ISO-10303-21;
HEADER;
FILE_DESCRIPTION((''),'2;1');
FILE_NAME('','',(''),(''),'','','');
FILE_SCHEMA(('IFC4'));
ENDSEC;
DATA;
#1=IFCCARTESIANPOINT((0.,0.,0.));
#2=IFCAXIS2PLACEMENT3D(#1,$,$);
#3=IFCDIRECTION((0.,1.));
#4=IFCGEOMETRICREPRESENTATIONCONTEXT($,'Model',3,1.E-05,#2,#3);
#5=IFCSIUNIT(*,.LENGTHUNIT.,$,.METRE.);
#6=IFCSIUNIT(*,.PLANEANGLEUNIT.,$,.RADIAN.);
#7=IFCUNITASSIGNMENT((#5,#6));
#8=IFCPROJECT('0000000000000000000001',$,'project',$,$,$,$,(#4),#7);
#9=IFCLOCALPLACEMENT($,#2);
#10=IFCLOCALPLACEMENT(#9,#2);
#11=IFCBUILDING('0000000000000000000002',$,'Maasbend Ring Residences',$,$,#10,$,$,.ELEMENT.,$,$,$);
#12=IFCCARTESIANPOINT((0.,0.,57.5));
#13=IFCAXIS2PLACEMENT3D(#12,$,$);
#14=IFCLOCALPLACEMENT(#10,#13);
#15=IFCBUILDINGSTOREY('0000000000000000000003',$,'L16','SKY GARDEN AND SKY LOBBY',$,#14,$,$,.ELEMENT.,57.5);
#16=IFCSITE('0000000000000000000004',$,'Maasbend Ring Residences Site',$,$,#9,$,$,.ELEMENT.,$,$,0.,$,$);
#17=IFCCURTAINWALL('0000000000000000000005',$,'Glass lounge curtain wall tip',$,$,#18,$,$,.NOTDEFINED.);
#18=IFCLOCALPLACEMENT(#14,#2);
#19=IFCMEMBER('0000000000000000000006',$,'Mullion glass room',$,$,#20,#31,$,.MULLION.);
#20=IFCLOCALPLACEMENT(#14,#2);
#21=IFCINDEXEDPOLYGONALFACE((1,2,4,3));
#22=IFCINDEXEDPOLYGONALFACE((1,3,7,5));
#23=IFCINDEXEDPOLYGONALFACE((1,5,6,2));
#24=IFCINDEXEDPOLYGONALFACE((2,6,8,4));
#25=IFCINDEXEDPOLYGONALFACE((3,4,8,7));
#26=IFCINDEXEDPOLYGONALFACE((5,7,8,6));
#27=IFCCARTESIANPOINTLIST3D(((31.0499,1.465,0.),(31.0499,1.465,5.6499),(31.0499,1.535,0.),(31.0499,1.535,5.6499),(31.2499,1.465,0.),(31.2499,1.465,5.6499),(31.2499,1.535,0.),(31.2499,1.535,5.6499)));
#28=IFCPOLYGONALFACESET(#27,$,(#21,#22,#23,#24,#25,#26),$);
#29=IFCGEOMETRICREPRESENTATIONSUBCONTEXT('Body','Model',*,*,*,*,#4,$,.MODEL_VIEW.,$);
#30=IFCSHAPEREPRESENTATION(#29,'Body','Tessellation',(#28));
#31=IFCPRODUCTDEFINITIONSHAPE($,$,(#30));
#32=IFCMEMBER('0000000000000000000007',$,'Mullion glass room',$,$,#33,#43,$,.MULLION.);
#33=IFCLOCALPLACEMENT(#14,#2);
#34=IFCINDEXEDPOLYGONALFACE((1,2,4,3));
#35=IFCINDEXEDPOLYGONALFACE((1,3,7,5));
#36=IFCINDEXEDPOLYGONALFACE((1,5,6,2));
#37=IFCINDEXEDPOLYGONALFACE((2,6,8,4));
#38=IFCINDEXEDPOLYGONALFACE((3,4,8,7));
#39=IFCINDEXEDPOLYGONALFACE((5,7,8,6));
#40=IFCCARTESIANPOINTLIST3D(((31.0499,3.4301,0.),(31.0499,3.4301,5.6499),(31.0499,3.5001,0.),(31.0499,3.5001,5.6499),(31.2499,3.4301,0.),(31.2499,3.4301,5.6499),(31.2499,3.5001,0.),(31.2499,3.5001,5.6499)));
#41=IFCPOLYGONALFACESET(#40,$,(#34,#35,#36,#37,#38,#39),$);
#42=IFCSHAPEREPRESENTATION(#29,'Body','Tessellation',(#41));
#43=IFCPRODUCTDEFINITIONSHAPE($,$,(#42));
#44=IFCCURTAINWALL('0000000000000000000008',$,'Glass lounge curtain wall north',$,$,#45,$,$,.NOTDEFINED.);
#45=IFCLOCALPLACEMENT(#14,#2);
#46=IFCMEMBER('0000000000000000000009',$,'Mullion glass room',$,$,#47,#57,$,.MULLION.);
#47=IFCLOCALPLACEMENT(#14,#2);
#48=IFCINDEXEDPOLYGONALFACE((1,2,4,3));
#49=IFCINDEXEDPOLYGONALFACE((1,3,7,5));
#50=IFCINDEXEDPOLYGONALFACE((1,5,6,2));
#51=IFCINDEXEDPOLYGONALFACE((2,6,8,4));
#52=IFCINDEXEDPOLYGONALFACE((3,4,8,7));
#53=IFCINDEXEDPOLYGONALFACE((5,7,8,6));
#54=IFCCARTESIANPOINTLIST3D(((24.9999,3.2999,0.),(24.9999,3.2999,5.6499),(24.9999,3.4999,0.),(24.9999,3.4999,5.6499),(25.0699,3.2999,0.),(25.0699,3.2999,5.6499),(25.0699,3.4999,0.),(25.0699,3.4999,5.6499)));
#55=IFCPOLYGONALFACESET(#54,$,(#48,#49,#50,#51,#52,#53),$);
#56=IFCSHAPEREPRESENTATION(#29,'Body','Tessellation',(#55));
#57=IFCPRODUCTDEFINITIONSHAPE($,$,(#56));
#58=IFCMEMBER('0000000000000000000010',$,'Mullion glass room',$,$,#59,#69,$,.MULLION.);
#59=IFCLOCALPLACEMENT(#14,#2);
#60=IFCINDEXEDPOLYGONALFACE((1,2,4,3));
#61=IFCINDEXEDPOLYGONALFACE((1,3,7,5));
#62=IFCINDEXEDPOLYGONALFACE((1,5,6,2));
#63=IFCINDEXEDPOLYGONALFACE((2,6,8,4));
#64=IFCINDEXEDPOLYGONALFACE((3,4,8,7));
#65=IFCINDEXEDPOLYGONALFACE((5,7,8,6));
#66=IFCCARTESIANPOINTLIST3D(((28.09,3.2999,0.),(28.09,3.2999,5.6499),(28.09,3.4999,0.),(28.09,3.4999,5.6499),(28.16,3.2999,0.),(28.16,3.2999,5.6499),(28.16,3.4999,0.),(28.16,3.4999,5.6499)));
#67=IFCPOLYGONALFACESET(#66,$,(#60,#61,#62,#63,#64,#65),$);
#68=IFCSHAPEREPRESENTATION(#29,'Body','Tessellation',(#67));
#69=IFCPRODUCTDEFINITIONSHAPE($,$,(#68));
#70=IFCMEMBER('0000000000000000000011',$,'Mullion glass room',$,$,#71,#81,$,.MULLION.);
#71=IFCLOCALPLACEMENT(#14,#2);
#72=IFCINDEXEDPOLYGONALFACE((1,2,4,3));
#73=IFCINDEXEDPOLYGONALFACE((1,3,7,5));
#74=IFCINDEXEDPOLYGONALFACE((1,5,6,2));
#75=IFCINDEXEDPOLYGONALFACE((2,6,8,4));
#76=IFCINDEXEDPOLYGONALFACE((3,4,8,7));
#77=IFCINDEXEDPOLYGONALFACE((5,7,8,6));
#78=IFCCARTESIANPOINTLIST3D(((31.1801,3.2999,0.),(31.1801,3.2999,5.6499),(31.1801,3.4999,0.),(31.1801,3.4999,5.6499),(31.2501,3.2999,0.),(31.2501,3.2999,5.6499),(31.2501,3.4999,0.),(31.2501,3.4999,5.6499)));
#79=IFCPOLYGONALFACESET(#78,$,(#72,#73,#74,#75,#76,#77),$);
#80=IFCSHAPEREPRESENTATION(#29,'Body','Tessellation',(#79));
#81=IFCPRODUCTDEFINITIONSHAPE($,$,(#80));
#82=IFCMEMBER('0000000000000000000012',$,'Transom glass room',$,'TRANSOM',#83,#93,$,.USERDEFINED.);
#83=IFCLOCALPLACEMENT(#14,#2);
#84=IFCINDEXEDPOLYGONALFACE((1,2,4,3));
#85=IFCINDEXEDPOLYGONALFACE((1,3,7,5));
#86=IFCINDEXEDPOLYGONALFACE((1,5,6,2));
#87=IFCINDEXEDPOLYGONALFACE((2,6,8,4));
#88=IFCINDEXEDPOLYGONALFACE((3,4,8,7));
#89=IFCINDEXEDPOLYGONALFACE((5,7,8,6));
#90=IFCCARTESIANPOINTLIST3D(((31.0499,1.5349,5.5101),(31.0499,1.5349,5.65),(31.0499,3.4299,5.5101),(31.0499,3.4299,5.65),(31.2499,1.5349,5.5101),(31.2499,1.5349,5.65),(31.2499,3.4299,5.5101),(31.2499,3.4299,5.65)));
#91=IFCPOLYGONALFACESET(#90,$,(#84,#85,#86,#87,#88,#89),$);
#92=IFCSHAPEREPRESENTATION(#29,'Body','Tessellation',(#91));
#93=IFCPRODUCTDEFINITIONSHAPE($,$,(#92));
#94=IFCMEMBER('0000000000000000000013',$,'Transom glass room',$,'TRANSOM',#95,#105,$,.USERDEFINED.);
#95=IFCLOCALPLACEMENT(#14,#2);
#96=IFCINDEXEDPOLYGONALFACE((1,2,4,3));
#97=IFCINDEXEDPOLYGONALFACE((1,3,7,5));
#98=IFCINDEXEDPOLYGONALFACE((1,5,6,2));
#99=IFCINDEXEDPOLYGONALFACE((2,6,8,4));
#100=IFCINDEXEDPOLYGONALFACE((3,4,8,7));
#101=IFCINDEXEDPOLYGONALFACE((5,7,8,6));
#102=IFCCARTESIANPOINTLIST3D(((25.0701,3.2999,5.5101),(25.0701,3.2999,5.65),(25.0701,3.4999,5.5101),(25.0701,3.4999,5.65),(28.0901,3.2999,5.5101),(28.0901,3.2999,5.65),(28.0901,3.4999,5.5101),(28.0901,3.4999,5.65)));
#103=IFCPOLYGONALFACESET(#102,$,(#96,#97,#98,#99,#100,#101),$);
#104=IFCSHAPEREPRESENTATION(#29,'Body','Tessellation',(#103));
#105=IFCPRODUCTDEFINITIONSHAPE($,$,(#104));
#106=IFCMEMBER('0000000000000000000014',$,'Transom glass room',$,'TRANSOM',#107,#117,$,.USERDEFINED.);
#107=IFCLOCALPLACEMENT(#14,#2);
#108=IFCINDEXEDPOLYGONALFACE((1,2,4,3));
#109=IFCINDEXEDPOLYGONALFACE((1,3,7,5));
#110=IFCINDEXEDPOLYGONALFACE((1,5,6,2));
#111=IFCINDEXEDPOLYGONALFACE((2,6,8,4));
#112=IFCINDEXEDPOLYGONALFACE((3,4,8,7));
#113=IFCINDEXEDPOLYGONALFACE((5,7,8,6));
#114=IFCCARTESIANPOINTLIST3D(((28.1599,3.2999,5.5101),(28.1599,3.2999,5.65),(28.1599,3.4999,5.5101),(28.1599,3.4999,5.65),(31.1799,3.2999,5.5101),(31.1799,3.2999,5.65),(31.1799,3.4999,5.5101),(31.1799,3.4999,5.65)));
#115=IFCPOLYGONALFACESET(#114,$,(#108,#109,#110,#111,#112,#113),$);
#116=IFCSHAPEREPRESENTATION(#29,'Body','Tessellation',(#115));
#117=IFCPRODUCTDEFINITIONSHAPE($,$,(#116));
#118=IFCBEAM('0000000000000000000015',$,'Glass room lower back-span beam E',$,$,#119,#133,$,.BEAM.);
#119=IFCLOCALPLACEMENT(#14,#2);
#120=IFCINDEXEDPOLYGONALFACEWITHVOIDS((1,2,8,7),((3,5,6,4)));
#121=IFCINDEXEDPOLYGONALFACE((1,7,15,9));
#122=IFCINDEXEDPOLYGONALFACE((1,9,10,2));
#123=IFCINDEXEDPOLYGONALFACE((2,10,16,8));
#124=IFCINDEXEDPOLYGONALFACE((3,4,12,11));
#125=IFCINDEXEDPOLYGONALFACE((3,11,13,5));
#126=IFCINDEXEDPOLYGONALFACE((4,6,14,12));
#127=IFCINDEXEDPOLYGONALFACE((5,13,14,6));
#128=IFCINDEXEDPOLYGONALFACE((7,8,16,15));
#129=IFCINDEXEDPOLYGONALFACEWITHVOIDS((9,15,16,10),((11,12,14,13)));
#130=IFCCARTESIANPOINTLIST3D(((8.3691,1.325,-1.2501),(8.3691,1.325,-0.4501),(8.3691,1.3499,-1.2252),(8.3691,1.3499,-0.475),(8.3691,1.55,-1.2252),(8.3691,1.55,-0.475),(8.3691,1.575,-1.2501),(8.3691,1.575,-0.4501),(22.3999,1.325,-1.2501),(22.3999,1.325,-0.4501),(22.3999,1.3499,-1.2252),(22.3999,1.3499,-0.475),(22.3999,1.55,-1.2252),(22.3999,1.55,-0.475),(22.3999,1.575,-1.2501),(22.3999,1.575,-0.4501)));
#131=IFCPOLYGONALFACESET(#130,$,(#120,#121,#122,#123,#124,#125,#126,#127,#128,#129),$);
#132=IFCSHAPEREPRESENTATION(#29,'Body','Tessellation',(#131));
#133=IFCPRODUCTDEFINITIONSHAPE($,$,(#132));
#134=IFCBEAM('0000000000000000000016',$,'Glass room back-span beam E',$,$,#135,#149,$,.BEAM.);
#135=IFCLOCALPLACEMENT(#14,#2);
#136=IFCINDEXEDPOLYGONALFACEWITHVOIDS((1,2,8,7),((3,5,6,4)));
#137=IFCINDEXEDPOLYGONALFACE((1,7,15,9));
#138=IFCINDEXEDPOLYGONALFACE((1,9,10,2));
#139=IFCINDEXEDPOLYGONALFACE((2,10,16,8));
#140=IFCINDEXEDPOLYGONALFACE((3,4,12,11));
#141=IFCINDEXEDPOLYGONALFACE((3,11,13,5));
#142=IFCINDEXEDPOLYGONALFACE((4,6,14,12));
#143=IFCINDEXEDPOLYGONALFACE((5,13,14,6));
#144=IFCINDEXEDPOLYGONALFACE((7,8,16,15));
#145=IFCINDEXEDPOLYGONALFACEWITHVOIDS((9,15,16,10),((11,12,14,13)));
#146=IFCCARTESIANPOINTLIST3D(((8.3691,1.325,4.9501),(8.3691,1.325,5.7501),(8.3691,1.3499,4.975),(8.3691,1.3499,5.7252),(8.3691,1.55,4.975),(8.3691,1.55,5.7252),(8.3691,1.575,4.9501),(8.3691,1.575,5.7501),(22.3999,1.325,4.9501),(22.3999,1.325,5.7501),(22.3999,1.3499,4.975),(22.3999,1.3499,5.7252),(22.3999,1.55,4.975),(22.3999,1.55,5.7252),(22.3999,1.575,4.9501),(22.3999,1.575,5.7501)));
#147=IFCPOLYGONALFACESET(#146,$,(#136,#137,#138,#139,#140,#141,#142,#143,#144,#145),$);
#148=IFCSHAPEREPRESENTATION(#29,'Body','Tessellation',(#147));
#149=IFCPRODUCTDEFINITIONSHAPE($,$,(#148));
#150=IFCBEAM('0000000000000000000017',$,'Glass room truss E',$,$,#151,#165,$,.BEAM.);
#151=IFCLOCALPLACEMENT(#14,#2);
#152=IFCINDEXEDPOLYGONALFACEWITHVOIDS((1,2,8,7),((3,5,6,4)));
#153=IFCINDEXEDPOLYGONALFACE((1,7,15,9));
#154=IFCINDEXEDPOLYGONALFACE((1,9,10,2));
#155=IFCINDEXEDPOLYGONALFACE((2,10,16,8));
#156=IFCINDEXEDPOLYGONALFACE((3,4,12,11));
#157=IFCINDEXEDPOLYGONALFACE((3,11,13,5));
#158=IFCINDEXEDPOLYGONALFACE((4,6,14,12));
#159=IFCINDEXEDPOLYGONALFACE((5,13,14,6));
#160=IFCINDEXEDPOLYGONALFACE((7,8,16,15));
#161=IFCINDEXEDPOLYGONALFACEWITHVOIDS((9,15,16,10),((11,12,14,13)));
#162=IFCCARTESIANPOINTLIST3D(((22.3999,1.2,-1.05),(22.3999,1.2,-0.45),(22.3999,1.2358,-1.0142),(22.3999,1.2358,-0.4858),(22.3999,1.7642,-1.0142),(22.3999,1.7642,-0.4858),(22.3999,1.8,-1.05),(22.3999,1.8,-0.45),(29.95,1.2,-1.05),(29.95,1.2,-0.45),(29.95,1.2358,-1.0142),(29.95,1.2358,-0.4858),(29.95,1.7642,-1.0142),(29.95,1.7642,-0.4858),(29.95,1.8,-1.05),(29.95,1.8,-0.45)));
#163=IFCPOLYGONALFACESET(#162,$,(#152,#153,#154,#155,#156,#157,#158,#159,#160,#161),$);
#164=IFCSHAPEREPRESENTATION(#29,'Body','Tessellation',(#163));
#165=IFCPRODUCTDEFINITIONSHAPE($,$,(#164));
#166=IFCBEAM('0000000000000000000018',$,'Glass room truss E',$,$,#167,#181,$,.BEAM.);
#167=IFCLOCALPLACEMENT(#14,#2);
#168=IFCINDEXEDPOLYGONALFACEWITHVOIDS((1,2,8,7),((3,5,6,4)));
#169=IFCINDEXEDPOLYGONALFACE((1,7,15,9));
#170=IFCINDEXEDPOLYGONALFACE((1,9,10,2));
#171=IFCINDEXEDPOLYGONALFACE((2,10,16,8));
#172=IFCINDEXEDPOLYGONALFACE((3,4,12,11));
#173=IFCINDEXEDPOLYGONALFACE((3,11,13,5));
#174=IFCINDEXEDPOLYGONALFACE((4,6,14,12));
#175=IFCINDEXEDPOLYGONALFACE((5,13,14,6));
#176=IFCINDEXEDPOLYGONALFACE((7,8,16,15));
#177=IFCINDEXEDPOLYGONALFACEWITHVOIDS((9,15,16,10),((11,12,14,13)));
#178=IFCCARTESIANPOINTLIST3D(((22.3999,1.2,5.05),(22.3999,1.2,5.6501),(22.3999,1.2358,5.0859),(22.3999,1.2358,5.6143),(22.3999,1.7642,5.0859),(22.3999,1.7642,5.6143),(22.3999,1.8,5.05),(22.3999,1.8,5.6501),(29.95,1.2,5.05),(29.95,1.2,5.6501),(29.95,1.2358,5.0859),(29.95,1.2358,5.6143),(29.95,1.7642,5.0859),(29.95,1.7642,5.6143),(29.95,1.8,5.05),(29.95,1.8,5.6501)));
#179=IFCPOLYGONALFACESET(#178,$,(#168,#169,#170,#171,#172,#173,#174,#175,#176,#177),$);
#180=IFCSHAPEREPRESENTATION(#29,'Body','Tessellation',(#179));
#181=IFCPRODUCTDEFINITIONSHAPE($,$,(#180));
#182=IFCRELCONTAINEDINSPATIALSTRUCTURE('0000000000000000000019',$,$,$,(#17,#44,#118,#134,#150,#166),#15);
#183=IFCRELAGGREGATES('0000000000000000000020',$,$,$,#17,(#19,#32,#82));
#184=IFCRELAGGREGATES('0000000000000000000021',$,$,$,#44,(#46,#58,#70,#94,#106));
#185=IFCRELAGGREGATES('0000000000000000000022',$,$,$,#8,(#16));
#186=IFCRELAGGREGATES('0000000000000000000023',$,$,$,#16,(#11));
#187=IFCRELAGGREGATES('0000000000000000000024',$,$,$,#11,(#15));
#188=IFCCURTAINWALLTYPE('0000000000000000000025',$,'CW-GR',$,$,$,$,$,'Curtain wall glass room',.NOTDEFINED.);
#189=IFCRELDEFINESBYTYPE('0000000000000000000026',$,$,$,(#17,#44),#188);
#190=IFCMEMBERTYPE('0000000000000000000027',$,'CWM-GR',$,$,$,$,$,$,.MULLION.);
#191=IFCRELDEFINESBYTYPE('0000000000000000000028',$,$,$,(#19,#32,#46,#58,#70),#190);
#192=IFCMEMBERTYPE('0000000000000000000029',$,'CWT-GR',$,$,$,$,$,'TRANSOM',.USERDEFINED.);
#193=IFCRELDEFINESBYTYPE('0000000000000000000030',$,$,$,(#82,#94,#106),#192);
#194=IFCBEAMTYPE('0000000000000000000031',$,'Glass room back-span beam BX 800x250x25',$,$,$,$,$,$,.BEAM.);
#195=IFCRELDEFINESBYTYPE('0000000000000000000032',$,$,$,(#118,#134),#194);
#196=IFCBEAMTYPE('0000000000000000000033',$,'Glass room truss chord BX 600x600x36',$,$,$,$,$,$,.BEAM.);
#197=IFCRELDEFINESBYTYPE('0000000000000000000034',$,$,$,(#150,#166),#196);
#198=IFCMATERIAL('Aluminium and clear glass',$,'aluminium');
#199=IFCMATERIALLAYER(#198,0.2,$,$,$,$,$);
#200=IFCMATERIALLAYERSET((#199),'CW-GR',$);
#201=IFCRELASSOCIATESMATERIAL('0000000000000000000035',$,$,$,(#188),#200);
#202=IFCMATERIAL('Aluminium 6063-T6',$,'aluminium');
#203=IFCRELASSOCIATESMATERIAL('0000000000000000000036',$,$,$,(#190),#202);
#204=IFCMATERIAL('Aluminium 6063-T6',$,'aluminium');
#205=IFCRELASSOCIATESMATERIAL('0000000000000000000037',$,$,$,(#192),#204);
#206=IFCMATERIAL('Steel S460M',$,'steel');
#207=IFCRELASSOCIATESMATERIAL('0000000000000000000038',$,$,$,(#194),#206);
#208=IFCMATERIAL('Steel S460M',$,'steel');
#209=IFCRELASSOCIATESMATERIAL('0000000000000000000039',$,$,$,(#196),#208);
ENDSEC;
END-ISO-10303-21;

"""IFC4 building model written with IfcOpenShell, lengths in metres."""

from ifc_helpers import new_model, si_unit, direction, frame, origin, origin_2d, place, context, subcontext, project, spatial, rectangle, hollow_rectangle, extrude, material, layer, layer_set, material_profile, profile_set, type_object, element, aggregate, save


model = new_model("IFC4")

# Units and contexts
model_context = context("Model", 3, precision=1e-05, world=origin(), true_north=direction((0.0, 1.0)))
body_context = subcontext(model_context, "Body", "Model", "MODEL_VIEW")
ifc_project = project(units=[si_unit("LENGTHUNIT", "METRE"), si_unit("PLANEANGLEUNIT", "RADIAN")], contexts=[model_context])

# Site, building, storey
site_placement = place(None, origin())
site = spatial("IfcSite", under=ifc_project, at=site_placement, Name="Maasbend Ring Residences Site", CompositionType="ELEMENT", RefElevation=0.0)
building_placement = place(site_placement, origin())
building = spatial("IfcBuilding", under=site, at=building_placement, Name="Maasbend Ring Residences", CompositionType="ELEMENT")
storey_placement = place(building_placement, frame((0.0, 0.0, 57.5)))
storey = spatial("IfcBuildingStorey", under=building, at=storey_placement, Name="L16", Description="SKY GARDEN AND SKY LOBBY", CompositionType="ELEMENT", Elevation=57.5)

# Curtain walls, members
ifc_material_1 = material(Name="Aluminium and clear glass", Category="aluminium")
ifc_layer_1 = layer(ifc_material_1, 0.2)
ifc_layer_set_1 = layer_set([ifc_layer_1], Name="CW-GR")
curtain_wall_type = type_object("IfcCurtainWallType", Name="CW-GR", ElementType="Curtain wall glass room", PredefinedType="NOTDEFINED", material=ifc_layer_set_1)
curtain_wall_1_placement = place(storey_placement, origin())
curtain_wall_1 = element("IfcCurtainWall", 1, at=curtain_wall_1_placement, inside=storey, type_object=curtain_wall_type, Name="Glass lounge curtain wall tip", PredefinedType="NOTDEFINED")
ifc_material_2 = material(Name="Aluminium 6063-T6", Category="aluminium")
ifc_material_profile_1 = material_profile(ifc_material_2, rectangle(XDim=0.2, YDim=0.0701, at=origin_2d()), Name="AL 200x70")
ifc_profile_set_1 = profile_set([ifc_material_profile_1], Name="Aluminium 6063-T6")
member_type_1 = type_object("IfcMemberType", Name="CWM-GR", PredefinedType="MULLION", material=ifc_profile_set_1)
member_1_placement = place(storey_placement, frame((31.1499, 1.5, 0.0), z_axis=(0.0, 0.0, 1.0), x_axis=(-1.0, 0.0, 0.0)))
member_1 = element("IfcMember", 2, at=member_1_placement, type_object=member_type_1, Name="Mullion glass room", PredefinedType="MULLION", context=body_context, shape_type="SweptSolid", body=[
    extrude(rectangle(XDim=0.2, YDim=0.0701, at=origin_2d()), origin(), (0.0, 0.0, 1.0), 5.6499),
])
member_2_placement = place(storey_placement, frame((31.1499, 3.4651, 0.0), z_axis=(0.0, 0.0, 1.0), x_axis=(-1.0, 0.0, 0.0)))
member_2 = element("IfcMember", 3, at=member_2_placement, type_object=member_type_1, Name="Mullion glass room", PredefinedType="MULLION", context=body_context, shape_type="SweptSolid", body=[
    extrude(rectangle(XDim=0.2, YDim=0.0701, at=origin_2d()), origin(), (0.0, 0.0, 1.0), 5.6499),
])
curtain_wall_2_placement = place(storey_placement, origin())
curtain_wall_2 = element("IfcCurtainWall", 4, at=curtain_wall_2_placement, inside=storey, type_object=curtain_wall_type, Name="Glass lounge curtain wall north", PredefinedType="NOTDEFINED")
member_3_placement = place(storey_placement, frame((25.0349, 3.3999, 0.0), z_axis=(0.0, 0.0, 1.0), x_axis=(0.0, 1.0, 0.0)))
member_3 = element("IfcMember", 5, at=member_3_placement, type_object=member_type_1, Name="Mullion glass room", PredefinedType="MULLION", context=body_context, shape_type="SweptSolid", body=[
    extrude(rectangle(XDim=0.2, YDim=0.0701, at=origin_2d()), origin(), (0.0, 0.0, 1.0), 5.6499),
])
member_4_placement = place(storey_placement, frame((28.125, 3.3999, 0.0), z_axis=(0.0, 0.0, 1.0), x_axis=(0.0, 1.0, 0.0)))
member_4 = element("IfcMember", 6, at=member_4_placement, type_object=member_type_1, Name="Mullion glass room", PredefinedType="MULLION", context=body_context, shape_type="SweptSolid", body=[
    extrude(rectangle(XDim=0.2, YDim=0.0701, at=origin_2d()), origin(), (0.0, 0.0, 1.0), 5.6499),
])
member_5_placement = place(storey_placement, frame((31.2151, 3.3999, 0.0), z_axis=(0.0, 0.0, 1.0), x_axis=(0.0, 1.0, 0.0)))
member_5 = element("IfcMember", 7, at=member_5_placement, type_object=member_type_1, Name="Mullion glass room", PredefinedType="MULLION", context=body_context, shape_type="SweptSolid", body=[
    extrude(rectangle(XDim=0.2, YDim=0.0701, at=origin_2d()), origin(), (0.0, 0.0, 1.0), 5.6499),
])

# Members
ifc_material_3 = material(Name="Aluminium 6063-T6", Category="aluminium")
ifc_material_profile_2 = material_profile(ifc_material_3, rectangle(XDim=0.2, YDim=0.1399, at=origin_2d()), Name="AL 200x140")
ifc_profile_set_2 = profile_set([ifc_material_profile_2], Name="Aluminium 6063-T6")
member_type_2 = type_object("IfcMemberType", Name="CWT-GR", ElementType="TRANSOM", PredefinedType="USERDEFINED", material=ifc_profile_set_2)
member_6_placement = place(storey_placement, frame((31.1499, 1.5349, 5.5801), z_axis=(0.0, 1.0, 0.0), x_axis=(-1.0, 0.0, 0.0)))
member_6 = element("IfcMember", 8, at=member_6_placement, type_object=member_type_2, Name="Transom glass room", ObjectType="TRANSOM", PredefinedType="USERDEFINED", context=body_context, shape_type="SweptSolid", body=[
    extrude(rectangle(XDim=0.2, YDim=0.1399, at=origin_2d()), origin(), (0.0, 0.0, 1.0), 1.895),
])
member_7_placement = place(storey_placement, frame((25.0701, 3.3999, 5.5801), z_axis=(1.0, 0.0, 0.0), x_axis=(0.0, 1.0, 0.0)))
member_7 = element("IfcMember", 9, at=member_7_placement, type_object=member_type_2, Name="Transom glass room", ObjectType="TRANSOM", PredefinedType="USERDEFINED", context=body_context, shape_type="SweptSolid", body=[
    extrude(rectangle(XDim=0.2, YDim=0.1399, at=origin_2d()), origin(), (0.0, 0.0, 1.0), 3.02),
])
member_8_placement = place(storey_placement, frame((28.1599, 3.3999, 5.5801), z_axis=(1.0, 0.0, 0.0), x_axis=(0.0, 1.0, 0.0)))
member_8 = element("IfcMember", 10, at=member_8_placement, type_object=member_type_2, Name="Transom glass room", ObjectType="TRANSOM", PredefinedType="USERDEFINED", context=body_context, shape_type="SweptSolid", body=[
    extrude(rectangle(XDim=0.2, YDim=0.1399, at=origin_2d()), origin(), (0.0, 0.0, 1.0), 3.02),
])

# Beams
ifc_material_4 = material(Name="Steel S460M", Category="steel")
ifc_material_profile_3 = material_profile(ifc_material_4, hollow_rectangle(XDim=0.25, YDim=0.8, WallThickness=0.0249, at=origin_2d()), Name="Glass room back-span beam BX 800x250x25")
ifc_profile_set_3 = profile_set([ifc_material_profile_3], Name="Steel S460M")
beam_type_1 = type_object("IfcBeamType", Name="Glass room back-span beam BX 800x250x25", PredefinedType="BEAM", material=ifc_profile_set_3)
for number, where, z_axis, x_axis, name in (
    (11, (22.3999, 1.45, -0.8501), (-1.0, 0.0, 0.0), (0.0, -1.0, 0.0), "Glass room lower back-span beam E"),
    (12, (22.3999, 1.45, 5.3501), (-1.0, 0.0, 0.0), (0.0, -1.0, 0.0), "Glass room back-span beam E"),
):
    element("IfcBeam", number, at=place(storey_placement, frame(where, z_axis=z_axis, x_axis=x_axis)), inside=storey, type_object=beam_type_1, Name=name, PredefinedType="BEAM", context=body_context, shape_type="SweptSolid", body=[
        extrude(hollow_rectangle(XDim=0.25, YDim=0.8, WallThickness=0.0249, at=origin_2d()), origin(), (0.0, 0.0, 1.0), 14.0308),
    ])
ifc_material_5 = material(Name="Steel S460M", Category="steel")
ifc_material_profile_4 = material_profile(ifc_material_5, hollow_rectangle(XDim=0.6001, YDim=0.6001, WallThickness=0.0359, at=origin_2d()), Name="Glass room truss chord BX 600x600x36")
ifc_profile_set_4 = profile_set([ifc_material_profile_4], Name="Steel S460M")
beam_type_2 = type_object("IfcBeamType", Name="Glass room truss chord BX 600x600x36", PredefinedType="BEAM", material=ifc_profile_set_4)
for number, where, z_axis, x_axis, name in (
    (13, (22.3999, 1.5, -0.75), (1.0, 0.0, 0.0), (0.0, 1.0, 0.0), "Glass room truss E"),
    (14, (22.3999, 1.5, 5.3501), (1.0, 0.0, 0.0), (0.0, 1.0, 0.0), "Glass room truss E"),
):
    element("IfcBeam", number, at=place(storey_placement, frame(where, z_axis=z_axis, x_axis=x_axis)), inside=storey, type_object=beam_type_2, Name=name, PredefinedType="BEAM", context=body_context, shape_type="SweptSolid", body=[
        extrude(hollow_rectangle(XDim=0.6001, YDim=0.6001, WallThickness=0.0359, at=origin_2d()), origin(), (0.0, 0.0, 1.0), 7.55),
    ])

aggregate(curtain_wall_1, [member_1, member_2, member_6])
aggregate(curtain_wall_2, [member_3, member_4, member_5, member_7, member_8])

save(model, "model.ifc")
